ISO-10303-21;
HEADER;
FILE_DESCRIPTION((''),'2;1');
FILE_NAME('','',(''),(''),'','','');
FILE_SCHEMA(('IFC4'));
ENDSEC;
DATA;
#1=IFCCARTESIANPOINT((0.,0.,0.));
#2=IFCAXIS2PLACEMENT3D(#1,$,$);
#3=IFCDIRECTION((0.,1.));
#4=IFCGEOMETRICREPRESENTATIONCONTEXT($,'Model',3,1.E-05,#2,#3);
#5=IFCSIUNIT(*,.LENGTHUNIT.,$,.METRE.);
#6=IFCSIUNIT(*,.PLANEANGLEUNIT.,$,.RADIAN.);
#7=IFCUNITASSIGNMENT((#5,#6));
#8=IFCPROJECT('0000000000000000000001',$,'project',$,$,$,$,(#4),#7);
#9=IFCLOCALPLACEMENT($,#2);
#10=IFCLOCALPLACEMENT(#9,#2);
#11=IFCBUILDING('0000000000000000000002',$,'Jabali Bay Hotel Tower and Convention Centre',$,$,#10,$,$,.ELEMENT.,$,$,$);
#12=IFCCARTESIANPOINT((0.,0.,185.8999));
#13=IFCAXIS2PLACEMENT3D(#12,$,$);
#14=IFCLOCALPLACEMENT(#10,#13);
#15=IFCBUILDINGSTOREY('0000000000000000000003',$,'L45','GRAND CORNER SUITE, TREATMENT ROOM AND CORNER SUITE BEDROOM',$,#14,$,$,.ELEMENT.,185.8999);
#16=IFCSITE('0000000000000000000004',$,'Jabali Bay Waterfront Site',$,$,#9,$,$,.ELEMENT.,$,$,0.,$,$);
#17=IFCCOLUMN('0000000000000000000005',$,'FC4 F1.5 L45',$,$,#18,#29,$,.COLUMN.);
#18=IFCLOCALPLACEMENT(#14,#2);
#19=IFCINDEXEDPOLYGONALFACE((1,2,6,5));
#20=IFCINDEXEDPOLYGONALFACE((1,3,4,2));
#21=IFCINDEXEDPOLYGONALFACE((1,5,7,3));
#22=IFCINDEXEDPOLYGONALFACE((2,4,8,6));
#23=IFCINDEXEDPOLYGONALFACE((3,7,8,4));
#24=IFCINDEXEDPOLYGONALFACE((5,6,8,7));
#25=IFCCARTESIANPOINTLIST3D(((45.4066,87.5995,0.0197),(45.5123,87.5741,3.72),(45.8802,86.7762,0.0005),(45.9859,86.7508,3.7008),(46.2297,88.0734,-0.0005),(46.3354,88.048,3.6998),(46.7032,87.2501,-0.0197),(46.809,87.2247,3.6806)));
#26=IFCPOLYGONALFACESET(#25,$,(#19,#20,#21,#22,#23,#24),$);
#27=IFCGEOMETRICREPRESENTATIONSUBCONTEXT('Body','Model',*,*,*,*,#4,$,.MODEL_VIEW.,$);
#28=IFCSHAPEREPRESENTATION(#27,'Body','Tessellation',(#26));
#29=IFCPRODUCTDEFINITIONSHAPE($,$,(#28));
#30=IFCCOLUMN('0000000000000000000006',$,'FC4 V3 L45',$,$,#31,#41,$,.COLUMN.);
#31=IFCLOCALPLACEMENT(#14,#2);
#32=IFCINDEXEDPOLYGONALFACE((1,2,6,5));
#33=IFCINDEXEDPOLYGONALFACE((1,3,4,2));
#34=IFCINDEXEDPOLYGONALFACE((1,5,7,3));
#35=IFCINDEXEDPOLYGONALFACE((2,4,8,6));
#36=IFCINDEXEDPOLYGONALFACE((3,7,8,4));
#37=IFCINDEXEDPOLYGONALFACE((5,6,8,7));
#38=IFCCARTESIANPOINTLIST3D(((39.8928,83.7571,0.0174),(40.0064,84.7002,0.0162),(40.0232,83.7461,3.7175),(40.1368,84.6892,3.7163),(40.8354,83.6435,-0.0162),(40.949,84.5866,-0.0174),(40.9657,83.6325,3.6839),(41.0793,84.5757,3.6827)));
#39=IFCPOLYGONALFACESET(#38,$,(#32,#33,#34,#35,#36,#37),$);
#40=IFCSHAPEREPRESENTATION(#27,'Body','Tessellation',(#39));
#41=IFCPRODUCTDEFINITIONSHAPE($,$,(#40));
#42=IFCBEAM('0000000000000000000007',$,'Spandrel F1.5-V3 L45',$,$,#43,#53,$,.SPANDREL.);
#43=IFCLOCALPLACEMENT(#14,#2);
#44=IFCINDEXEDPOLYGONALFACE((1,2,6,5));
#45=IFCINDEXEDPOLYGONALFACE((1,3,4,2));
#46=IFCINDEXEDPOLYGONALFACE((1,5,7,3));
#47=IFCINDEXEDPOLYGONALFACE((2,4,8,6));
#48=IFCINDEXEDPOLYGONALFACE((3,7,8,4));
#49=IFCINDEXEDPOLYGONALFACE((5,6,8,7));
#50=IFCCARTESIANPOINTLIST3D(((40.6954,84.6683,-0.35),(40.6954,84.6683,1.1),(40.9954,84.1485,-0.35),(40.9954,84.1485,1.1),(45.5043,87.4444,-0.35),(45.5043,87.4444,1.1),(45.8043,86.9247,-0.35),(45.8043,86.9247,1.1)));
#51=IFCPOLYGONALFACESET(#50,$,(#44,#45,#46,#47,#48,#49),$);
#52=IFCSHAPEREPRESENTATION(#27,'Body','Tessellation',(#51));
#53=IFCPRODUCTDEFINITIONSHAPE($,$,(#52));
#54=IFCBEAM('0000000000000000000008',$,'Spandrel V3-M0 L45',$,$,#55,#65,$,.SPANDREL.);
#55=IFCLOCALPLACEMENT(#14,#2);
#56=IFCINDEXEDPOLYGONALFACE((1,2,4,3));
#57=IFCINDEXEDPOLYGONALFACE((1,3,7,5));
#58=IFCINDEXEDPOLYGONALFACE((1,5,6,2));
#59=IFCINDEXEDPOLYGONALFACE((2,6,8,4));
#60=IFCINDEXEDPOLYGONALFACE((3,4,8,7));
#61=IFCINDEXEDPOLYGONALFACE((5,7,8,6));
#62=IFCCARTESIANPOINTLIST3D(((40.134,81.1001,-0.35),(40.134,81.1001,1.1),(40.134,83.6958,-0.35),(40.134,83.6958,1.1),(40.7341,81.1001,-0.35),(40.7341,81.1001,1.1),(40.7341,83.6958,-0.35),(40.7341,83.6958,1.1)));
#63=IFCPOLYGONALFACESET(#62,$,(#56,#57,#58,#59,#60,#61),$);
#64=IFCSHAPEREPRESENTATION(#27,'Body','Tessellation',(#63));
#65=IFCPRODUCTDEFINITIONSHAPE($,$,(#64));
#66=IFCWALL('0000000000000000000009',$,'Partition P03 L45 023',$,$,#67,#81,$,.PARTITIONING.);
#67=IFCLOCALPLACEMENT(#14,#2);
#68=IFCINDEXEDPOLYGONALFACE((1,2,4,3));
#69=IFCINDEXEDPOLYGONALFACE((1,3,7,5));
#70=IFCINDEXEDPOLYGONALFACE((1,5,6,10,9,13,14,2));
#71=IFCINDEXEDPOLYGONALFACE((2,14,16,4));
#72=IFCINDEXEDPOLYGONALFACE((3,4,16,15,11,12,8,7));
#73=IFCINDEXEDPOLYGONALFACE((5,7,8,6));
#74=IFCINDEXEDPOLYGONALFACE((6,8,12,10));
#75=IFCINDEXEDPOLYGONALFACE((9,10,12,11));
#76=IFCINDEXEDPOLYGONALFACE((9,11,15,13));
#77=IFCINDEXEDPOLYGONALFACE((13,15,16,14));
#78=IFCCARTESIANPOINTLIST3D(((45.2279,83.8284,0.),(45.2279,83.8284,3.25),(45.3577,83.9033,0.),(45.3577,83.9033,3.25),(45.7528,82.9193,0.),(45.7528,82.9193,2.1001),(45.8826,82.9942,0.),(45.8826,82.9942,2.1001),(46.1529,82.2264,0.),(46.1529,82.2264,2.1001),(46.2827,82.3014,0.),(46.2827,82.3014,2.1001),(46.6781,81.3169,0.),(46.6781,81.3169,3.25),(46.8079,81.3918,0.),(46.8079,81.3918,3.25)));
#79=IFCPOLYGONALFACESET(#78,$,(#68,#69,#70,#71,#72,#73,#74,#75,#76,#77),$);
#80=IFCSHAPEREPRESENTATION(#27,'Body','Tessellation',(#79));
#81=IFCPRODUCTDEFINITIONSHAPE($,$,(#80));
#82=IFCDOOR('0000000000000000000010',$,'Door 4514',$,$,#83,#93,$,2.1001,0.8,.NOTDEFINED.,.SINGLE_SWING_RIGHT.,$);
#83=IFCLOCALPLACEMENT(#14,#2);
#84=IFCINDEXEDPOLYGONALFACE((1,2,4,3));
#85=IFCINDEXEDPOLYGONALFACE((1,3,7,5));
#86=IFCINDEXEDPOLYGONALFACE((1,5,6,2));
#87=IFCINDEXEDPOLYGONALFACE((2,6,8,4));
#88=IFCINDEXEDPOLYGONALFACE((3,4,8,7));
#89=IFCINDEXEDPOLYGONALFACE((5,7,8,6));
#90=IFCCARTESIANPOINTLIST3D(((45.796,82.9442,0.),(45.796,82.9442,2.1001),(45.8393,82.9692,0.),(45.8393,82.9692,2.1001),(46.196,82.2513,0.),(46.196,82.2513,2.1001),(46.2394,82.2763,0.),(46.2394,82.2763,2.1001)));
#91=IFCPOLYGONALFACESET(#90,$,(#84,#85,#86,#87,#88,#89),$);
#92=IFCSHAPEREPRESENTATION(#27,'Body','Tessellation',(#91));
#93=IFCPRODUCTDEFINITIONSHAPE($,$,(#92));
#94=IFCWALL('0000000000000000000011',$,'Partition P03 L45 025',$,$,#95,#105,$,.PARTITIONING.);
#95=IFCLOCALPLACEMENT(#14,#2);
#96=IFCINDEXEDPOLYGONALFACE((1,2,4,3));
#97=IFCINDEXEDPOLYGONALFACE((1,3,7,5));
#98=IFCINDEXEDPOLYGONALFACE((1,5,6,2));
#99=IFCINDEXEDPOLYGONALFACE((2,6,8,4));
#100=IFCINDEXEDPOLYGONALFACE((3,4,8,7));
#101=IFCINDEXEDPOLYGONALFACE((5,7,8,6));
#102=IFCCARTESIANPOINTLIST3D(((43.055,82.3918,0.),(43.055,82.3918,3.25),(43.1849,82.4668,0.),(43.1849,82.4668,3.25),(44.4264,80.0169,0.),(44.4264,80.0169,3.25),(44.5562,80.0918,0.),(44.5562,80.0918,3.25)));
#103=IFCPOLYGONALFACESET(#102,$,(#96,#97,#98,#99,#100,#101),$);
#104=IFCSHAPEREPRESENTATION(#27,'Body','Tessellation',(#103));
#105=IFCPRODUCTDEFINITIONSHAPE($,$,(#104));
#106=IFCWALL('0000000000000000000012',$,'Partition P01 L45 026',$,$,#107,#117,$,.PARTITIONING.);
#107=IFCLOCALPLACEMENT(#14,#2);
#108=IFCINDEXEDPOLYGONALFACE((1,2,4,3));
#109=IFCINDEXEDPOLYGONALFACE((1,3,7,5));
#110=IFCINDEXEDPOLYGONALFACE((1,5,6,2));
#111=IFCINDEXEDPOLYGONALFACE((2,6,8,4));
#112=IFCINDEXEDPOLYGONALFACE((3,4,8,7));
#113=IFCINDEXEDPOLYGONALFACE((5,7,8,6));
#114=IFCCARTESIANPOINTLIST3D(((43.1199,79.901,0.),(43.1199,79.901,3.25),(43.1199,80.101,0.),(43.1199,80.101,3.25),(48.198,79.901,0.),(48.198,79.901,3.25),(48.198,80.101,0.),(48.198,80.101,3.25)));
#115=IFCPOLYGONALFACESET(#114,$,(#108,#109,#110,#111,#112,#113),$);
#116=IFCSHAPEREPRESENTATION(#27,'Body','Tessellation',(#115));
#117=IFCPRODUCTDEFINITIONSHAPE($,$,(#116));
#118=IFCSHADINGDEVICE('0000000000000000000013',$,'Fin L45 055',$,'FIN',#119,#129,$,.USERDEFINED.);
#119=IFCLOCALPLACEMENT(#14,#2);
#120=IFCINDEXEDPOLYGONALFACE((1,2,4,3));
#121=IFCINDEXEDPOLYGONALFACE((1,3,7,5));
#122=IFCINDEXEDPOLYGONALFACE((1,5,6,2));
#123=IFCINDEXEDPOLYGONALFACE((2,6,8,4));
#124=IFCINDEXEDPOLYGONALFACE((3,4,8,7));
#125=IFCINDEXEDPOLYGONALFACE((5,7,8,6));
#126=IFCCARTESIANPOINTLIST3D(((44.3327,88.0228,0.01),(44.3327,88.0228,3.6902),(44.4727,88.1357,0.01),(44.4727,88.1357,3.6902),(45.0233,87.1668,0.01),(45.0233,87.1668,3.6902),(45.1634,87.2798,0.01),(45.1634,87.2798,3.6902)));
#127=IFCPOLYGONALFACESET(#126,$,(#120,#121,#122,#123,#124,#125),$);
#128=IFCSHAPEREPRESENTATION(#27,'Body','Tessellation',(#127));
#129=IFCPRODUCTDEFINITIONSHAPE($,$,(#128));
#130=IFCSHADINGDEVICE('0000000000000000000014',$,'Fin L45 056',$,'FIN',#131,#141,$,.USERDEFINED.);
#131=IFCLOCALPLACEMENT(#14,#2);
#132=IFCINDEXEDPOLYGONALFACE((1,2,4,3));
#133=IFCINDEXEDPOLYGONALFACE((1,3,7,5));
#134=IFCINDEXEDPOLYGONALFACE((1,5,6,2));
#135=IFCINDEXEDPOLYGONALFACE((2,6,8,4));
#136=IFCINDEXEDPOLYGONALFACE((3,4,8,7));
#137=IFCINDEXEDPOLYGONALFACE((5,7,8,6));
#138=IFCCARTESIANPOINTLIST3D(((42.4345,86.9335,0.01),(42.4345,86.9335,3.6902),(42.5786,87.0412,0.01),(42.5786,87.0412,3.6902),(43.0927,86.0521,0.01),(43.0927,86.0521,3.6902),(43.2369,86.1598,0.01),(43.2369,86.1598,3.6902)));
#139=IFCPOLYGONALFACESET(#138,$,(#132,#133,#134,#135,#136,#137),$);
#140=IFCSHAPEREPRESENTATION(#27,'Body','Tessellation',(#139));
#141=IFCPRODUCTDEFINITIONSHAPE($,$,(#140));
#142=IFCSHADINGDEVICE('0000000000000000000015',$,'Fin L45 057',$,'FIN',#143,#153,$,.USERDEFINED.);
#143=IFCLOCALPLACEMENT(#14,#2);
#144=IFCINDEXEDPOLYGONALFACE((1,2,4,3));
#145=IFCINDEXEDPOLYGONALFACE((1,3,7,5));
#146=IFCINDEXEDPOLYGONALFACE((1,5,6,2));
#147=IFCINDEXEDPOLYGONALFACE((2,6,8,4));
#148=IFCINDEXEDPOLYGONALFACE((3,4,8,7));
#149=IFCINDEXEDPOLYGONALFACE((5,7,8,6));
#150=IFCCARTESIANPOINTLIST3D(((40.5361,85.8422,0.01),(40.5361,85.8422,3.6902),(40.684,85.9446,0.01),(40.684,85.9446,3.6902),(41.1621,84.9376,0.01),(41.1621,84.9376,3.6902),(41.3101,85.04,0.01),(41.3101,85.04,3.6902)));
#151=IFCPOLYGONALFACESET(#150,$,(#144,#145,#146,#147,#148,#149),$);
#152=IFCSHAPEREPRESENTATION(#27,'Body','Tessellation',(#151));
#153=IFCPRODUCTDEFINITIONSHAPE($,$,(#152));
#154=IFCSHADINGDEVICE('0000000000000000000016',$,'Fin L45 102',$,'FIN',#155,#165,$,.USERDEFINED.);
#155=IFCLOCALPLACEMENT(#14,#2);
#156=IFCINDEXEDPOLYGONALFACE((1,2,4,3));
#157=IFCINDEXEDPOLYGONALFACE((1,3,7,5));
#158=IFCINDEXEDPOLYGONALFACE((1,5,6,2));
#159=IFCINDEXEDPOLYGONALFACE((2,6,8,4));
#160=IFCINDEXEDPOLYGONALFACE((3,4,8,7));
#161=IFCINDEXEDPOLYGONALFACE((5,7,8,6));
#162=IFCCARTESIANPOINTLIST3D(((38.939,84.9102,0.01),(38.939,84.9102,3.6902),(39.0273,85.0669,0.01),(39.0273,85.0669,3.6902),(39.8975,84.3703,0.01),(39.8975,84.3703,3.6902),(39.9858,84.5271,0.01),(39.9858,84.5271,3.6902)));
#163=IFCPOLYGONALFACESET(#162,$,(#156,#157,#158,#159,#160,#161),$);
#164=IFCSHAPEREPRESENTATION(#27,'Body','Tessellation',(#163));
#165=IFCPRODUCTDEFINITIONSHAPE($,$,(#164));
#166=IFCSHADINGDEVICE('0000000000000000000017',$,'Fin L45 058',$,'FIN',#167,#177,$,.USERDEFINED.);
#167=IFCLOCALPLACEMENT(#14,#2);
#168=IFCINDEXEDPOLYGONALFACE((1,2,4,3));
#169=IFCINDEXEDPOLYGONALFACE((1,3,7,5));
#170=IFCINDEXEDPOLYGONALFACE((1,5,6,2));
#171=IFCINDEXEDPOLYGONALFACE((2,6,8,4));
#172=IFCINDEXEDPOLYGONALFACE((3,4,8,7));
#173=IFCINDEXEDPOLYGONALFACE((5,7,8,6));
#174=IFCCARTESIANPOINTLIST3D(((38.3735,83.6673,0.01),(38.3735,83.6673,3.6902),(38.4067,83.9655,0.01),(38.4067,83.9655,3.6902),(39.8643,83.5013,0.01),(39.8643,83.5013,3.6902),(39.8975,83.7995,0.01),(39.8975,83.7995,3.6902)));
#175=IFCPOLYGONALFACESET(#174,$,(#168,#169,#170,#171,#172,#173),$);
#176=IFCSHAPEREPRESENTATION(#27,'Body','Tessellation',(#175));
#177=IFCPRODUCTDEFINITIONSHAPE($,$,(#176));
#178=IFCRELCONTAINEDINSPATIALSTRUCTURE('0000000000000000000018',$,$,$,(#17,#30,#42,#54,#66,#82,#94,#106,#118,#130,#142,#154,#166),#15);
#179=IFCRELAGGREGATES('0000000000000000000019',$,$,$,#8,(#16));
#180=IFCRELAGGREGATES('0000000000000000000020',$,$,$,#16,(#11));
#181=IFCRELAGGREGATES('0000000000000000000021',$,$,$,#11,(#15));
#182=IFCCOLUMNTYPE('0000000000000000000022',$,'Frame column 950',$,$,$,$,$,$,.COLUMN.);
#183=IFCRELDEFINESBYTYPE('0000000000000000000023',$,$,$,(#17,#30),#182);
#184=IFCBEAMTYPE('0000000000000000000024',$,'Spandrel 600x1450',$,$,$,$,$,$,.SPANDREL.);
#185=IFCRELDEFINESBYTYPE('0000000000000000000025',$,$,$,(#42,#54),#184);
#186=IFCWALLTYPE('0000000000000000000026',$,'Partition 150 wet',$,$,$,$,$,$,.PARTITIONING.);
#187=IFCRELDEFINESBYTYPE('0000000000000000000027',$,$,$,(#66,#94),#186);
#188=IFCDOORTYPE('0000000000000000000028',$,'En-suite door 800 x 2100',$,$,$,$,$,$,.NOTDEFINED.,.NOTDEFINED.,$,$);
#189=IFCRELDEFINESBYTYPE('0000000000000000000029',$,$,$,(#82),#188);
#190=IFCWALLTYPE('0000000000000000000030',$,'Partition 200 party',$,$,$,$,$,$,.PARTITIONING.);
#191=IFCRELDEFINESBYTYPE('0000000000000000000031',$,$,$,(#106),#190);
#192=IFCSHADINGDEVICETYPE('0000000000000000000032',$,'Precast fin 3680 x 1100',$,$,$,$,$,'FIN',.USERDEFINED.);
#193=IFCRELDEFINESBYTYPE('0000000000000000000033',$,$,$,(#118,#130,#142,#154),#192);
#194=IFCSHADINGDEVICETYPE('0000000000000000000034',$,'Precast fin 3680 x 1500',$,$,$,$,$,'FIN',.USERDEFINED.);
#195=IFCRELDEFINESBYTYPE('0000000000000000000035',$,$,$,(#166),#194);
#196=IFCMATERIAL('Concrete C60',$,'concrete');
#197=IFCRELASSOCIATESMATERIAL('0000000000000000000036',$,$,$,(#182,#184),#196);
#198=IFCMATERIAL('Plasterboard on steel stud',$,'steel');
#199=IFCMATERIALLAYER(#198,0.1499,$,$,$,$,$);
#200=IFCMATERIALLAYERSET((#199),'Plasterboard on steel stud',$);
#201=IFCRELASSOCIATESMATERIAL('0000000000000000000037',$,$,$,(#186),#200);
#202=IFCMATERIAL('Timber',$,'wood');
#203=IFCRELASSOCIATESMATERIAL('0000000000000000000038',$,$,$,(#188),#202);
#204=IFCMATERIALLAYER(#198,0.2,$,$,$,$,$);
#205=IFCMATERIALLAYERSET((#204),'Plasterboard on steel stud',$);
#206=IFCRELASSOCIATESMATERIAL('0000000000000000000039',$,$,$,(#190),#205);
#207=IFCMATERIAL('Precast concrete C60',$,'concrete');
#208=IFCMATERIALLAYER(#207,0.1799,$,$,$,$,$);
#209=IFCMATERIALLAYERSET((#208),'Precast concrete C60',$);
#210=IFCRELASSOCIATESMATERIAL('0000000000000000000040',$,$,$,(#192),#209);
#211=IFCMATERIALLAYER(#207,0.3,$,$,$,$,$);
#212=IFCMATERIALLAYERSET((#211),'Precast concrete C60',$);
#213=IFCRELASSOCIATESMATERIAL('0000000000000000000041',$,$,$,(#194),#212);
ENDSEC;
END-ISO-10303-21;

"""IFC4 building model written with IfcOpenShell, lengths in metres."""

from ifc_helpers import new_model, si_unit, direction, frame, frame_2d, origin, origin_2d, place, context, subcontext, project, spatial, rectangle, extrude, material, layer, layer_set, material_profile, profile_set, type_object, element, fill, save


model = new_model("IFC4")

# Units and contexts
model_context = context("Model", 3, precision=1e-05, world=origin(), true_north=direction((0.0, 1.0)))
body_context = subcontext(model_context, "Body", "Model", "MODEL_VIEW")
ifc_project = project(units=[si_unit("LENGTHUNIT", "METRE"), si_unit("PLANEANGLEUNIT", "RADIAN")], contexts=[model_context])

# Site, building, storey
site_placement = place(None, origin())
site = spatial("IfcSite", under=ifc_project, at=site_placement, Name="Jabali Bay Waterfront Site", CompositionType="ELEMENT", RefElevation=0.0)
building_placement = place(site_placement, origin())
building = spatial("IfcBuilding", under=site, at=building_placement, Name="Jabali Bay Hotel Tower and Convention Centre", CompositionType="ELEMENT")
storey_placement = place(building_placement, frame((0.0, 0.0, 185.8999)))
storey = spatial("IfcBuildingStorey", under=building, at=storey_placement, Name="L45", Description="GRAND CORNER SUITE, TREATMENT ROOM AND CORNER SUITE BEDROOM", CompositionType="ELEMENT", Elevation=185.8999)

# Columns
ifc_material_1 = material(Name="Concrete C60", Category="concrete")
ifc_material_profile_1 = material_profile(ifc_material_1, rectangle(XDim=0.95, YDim=0.95, at=origin_2d()), Name="Frame column 950")
ifc_profile_set_1 = profile_set([ifc_material_profile_1], Name="Concrete C60")
column_type = type_object("IfcColumnType", Name="Frame column 950", PredefinedType="COLUMN", material=ifc_profile_set_1)
column_1_placement = place(storey_placement, frame((46.0549, 87.4248, 0.0), z_axis=(0.028557, -0.006859, 0.999569), x_axis=(-0.498515, 0.866646, 0.020189)))
element("IfcColumn", 1, at=column_1_placement, inside=storey, type_object=column_type, Name="FC4 F1.5 L45", PredefinedType="COLUMN", context=body_context, shape_type="SweptSolid", body=[
    extrude(rectangle(XDim=0.95, YDim=0.95, at=origin_2d()), origin(), (0.0, 0.0, 1.0), 3.7019),
])
column_2_placement = place(storey_placement, frame((40.4209, 84.1719, 0.0), z_axis=(0.035212, -0.002967, 0.999375), x_axis=(-0.992197, 0.119575, 0.035314)))
element("IfcColumn", 2, at=column_2_placement, inside=storey, type_object=column_type, Name="FC4 V3 L45", PredefinedType="COLUMN", context=body_context, shape_type="SweptSolid", body=[
    extrude(rectangle(XDim=0.95, YDim=0.95, at=origin_2d()), origin(), (0.0, 0.0, 1.0), 3.7024),
])

# Beams
ifc_material_profile_2 = material_profile(ifc_material_1, rectangle(XDim=0.6001, YDim=1.45, at=origin_2d()), Name="Spandrel 600x1450")
ifc_profile_set_2 = profile_set([ifc_material_profile_2], Name="Concrete C60")
beam_type = type_object("IfcBeamType", Name="Spandrel 600x1450", PredefinedType="SPANDREL", material=ifc_profile_set_2)
beam_1_placement = place(storey_placement, frame((45.6543, 87.1846, 0.375), z_axis=(-0.866046, -0.499965, 0.0), x_axis=(0.499965, -0.866046, 0.0)))
element("IfcBeam", 3, at=beam_1_placement, inside=storey, type_object=beam_type, Name="Spandrel F1.5-V3 L45", PredefinedType="SPANDREL", context=body_context, shape_type="SweptSolid", body=[
    extrude(rectangle(XDim=0.6001, YDim=1.45, at=origin_2d()), origin(), (0.0, 0.0, 1.0), 5.5527),
])
beam_2_placement = place(storey_placement, frame((40.4341, 83.6958, 0.375), z_axis=(0.0, -1.0, 0.0), x_axis=(1.0, 0.0, 0.0)))
element("IfcBeam", 4, at=beam_2_placement, inside=storey, type_object=beam_type, Name="Spandrel V3-M0 L45", PredefinedType="SPANDREL", context=body_context, shape_type="SweptSolid", body=[
    extrude(rectangle(XDim=0.6001, YDim=1.45, at=origin_2d()), origin(), (0.0, 0.0, 1.0), 2.5957),
])

# Wall, opening, door
ifc_material_2 = material(Name="Plasterboard on steel stud", Category="steel")
ifc_layer_1 = layer(ifc_material_2, 0.1499)
ifc_layer_set_1 = layer_set([ifc_layer_1], Name="Plasterboard on steel stud")
wall_type_1 = type_object("IfcWallType", Name="Partition 150 wet", PredefinedType="PARTITIONING", material=ifc_layer_set_1)
wall_1_placement = place(storey_placement, frame((45.2927, 83.866, 0.0), z_axis=(0.0, 0.0, 1.0), x_axis=(0.50005, -0.865996, 0.0)))
wall_1 = element("IfcWall", 5, at=wall_1_placement, inside=storey, type_object=wall_type_1, Name="Partition P03 L45 023", PredefinedType="PARTITIONING", context=body_context, shape_type="SweptSolid", body=[
    extrude(rectangle(XDim=2.9001, YDim=0.1499, at=frame_2d((1.4502, 0.0))), origin(), (0.0, 0.0, 1.0), 3.25),
])
opening_1_placement = place(wall_1_placement, frame((1.05, 0.0, 0.0)))
opening_1 = element("IfcOpeningElement", 6, at=opening_1_placement, cuts=wall_1, PredefinedType="OPENING", context=body_context, shape_type="SweptSolid", body=[
    extrude(rectangle(XDim=0.8, YDim=2.1001, at=frame_2d((0.3999, 1.05))), frame((0.0, 0.0854, 0.0), z_axis=(0.0, -1.0, 0.0), x_axis=(1.0, 0.0, 0.0)), (0.0, 0.0, 1.0), 0.1709),
])
ifc_material_3 = material(Name="Timber", Category="wood")
door_type_1 = type_object("IfcDoorType", Name="En-suite door 800 x 2100", OperationType="NOTDEFINED", PredefinedType="NOTDEFINED", material=ifc_material_3)
door_1_placement = place(opening_1_placement, origin())
door_1 = element("IfcDoor", 7, at=door_1_placement, inside=storey, type_object=door_type_1, Name="Door 4514", OperationType="SINGLE_SWING_RIGHT", OverallHeight=2.1001, OverallWidth=0.8, PredefinedType="NOTDEFINED", context=body_context, shape_type="SweptSolid", body=[
    extrude(rectangle(XDim=0.8, YDim=2.1001, at=frame_2d((0.3999, 1.05))), frame((0.0, 0.0249, 0.0), z_axis=(0.0, -1.0, 0.0), x_axis=(1.0, 0.0, 0.0)), (0.0, 0.0, 1.0), 0.05),
])
fill(opening_1, door_1)

# Walls
wall_2_placement = place(storey_placement, frame((44.4912, 80.0544, 0.0), z_axis=(0.0, 0.0, 1.0), x_axis=(-0.500036, 0.866005, 0.0)))
element("IfcWall", 8, at=wall_2_placement, inside=storey, type_object=wall_type_1, Name="Partition P03 L45 025", PredefinedType="PARTITIONING", context=body_context, shape_type="SweptSolid", body=[
    extrude(rectangle(XDim=2.7424, YDim=0.1499, at=frame_2d((1.3711, 0.0))), origin(), (0.0, 0.0, 1.0), 3.25),
])
ifc_layer_2 = layer(ifc_material_2, 0.2)
ifc_layer_set_2 = layer_set([ifc_layer_2], Name="Plasterboard on steel stud")
wall_type_2 = type_object("IfcWallType", Name="Partition 200 party", PredefinedType="PARTITIONING", material=ifc_layer_set_2)
wall_3_placement = place(storey_placement, frame((43.1199, 80.001, 0.0), z_axis=(0.0, 0.0, 1.0), x_axis=(1.0, 0.0, 0.0)))
element("IfcWall", 9, at=wall_3_placement, inside=storey, type_object=wall_type_2, Name="Partition P01 L45 026", PredefinedType="PARTITIONING", context=body_context, shape_type="SweptSolid", body=[
    extrude(rectangle(XDim=5.0781, YDim=0.2, at=frame_2d((2.5391, 0.0))), origin(), (0.0, 0.0, 1.0), 3.25),
])

# Shading devices
ifc_material_4 = material(Name="Precast concrete C60", Category="concrete")
ifc_layer_3 = layer(ifc_material_4, 0.1799)
ifc_layer_set_3 = layer_set([ifc_layer_3], Name="Precast concrete C60")
shading_device_type_1 = type_object("IfcShadingDeviceType", Name="Precast fin 3680 x 1100", ElementType="FIN", PredefinedType="USERDEFINED", material=ifc_layer_set_3)
shading_device_placement = place(storey_placement, frame((45.0933, 87.2234, 0.01), z_axis=(0.0, 0.0, 1.0), x_axis=(-0.627965, 0.778242, 0.0)))
element("IfcShadingDevice", 10, at=shading_device_placement, inside=storey, type_object=shading_device_type_1, Name="Fin L45 055", ObjectType="FIN", PredefinedType="USERDEFINED", context=body_context, shape_type="SweptSolid", body=[
    extrude(rectangle(XDim=1.0999, YDim=0.1799, at=frame_2d((0.5498, 0.0))), origin(), (0.0, 0.0, 1.0), 3.6802),
])
for number, where, z_axis, x_axis, name in (
    (11, (43.1648, 86.106, 0.01), (0.0, 0.0, 1.0), (-0.598365, 0.801223, 0.0), "Fin L45 056"),
    (12, (41.2361, 84.9888, 0.01), (0.0, 0.0, 1.0), (-0.56906, 0.822296, 0.0), "Fin L45 057"),
    (13, (39.9417, 84.4487, 0.01), (0.0, 0.0, 1.0), (-0.871326, 0.490704, 0.0), "Fin L45 102"),
):
    element("IfcShadingDevice", number, at=place(storey_placement, frame(where, z_axis=z_axis, x_axis=x_axis)), inside=storey, type_object=shading_device_type_1, Name=name, ObjectType="FIN", PredefinedType="USERDEFINED", context=body_context, shape_type="SweptSolid", body=[
        extrude(rectangle(XDim=1.1001, YDim=0.1799, at=frame_2d((0.55, 0.0))), origin(), (0.0, 0.0, 1.0), 3.6802),
    ])
ifc_layer_4 = layer(ifc_material_4, 0.3)
ifc_layer_set_4 = layer_set([ifc_layer_4], Name="Precast concrete C60")
shading_device_type_2 = type_object("IfcShadingDeviceType", Name="Precast fin 3680 x 1500", ElementType="FIN", PredefinedType="USERDEFINED", material=ifc_layer_set_4)
for number, where, z_axis, x_axis, name in (
    (14, (39.8809, 83.6504, 0.01), (0.0, 0.0, 1.0), (-0.993856, 0.110682, 0.0), "Fin L45 058"),
):
    element("IfcShadingDevice", number, at=place(storey_placement, frame(where, z_axis=z_axis, x_axis=x_axis)), inside=storey, type_object=shading_device_type_2, Name=name, ObjectType="FIN", PredefinedType="USERDEFINED", context=body_context, shape_type="SweptSolid", body=[
        extrude(rectangle(XDim=1.5, YDim=0.3, at=frame_2d((0.75, 0.0))), origin(), (0.0, 0.0, 1.0), 3.6802),
    ])

save(model, "model.ifc")
